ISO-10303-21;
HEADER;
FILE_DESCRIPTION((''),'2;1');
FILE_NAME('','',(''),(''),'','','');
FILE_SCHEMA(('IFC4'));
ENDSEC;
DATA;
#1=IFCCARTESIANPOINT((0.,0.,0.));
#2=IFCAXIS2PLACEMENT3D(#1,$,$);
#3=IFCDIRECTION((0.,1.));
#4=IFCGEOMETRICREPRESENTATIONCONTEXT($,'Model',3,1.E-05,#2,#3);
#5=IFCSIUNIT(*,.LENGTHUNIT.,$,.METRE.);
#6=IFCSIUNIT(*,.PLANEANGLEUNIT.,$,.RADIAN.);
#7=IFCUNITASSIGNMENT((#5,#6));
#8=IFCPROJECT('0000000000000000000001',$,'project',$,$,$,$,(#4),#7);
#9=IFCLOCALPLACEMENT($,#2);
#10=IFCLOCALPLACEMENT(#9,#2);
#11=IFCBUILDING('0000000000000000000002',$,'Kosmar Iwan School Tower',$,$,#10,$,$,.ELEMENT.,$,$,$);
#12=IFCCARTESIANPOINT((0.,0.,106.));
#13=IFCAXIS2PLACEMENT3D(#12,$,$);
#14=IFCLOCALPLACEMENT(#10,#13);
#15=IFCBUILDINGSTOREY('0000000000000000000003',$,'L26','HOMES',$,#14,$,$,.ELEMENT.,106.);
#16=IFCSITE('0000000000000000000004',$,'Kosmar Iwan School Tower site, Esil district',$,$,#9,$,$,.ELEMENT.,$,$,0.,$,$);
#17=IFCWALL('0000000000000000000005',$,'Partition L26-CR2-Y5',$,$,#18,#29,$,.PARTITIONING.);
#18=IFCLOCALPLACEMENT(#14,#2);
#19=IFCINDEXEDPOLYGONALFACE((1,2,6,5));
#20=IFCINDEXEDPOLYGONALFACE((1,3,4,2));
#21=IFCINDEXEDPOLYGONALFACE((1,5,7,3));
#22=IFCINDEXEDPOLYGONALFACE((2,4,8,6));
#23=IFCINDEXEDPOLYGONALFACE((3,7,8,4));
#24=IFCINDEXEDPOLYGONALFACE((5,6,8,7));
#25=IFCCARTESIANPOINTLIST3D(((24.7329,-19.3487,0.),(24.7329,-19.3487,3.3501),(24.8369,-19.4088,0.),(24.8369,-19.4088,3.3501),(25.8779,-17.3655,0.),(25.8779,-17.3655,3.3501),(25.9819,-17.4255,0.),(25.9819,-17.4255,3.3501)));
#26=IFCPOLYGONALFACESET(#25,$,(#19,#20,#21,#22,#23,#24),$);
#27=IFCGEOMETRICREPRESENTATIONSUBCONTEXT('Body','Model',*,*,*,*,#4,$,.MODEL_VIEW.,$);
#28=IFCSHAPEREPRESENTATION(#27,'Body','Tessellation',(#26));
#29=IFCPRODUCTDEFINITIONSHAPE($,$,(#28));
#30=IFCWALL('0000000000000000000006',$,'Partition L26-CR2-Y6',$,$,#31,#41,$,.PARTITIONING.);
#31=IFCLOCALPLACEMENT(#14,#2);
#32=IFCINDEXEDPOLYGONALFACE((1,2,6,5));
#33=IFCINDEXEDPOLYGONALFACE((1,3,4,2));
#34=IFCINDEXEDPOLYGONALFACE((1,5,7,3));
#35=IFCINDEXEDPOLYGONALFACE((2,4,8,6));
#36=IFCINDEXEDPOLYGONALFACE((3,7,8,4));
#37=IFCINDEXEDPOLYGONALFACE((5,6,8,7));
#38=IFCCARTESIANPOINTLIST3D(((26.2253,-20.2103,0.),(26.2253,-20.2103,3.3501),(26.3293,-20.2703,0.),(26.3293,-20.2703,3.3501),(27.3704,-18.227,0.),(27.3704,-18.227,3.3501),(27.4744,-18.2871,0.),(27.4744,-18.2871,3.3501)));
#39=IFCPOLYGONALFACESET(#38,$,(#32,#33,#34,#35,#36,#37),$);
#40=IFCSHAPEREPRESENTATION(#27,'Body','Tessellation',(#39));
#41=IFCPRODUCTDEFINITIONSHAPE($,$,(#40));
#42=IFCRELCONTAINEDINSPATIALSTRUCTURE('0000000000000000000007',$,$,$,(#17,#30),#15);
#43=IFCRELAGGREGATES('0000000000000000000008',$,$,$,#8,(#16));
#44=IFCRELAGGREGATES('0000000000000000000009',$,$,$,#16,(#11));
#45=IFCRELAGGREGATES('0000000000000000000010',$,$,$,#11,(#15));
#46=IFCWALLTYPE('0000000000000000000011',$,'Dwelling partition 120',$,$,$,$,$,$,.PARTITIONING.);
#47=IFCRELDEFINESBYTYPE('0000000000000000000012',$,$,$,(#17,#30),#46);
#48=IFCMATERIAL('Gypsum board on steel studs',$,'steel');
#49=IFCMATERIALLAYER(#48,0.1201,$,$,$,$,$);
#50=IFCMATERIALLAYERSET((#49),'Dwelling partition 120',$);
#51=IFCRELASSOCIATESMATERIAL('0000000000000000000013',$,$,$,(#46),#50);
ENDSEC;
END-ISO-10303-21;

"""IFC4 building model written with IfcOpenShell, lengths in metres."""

from ifc_helpers import new_model, si_unit, direction, frame, frame_2d, origin, place, context, subcontext, project, spatial, rectangle, extrude, material, layer, layer_set, type_object, element, save


model = new_model("IFC4")

# Units and contexts
model_context = context("Model", 3, precision=1e-05, world=origin(), true_north=direction((0.0, 1.0)))
body_context = subcontext(model_context, "Body", "Model", "MODEL_VIEW")
ifc_project = project(units=[si_unit("LENGTHUNIT", "METRE"), si_unit("PLANEANGLEUNIT", "RADIAN")], contexts=[model_context])

# Site, building, storey
site_placement = place(None, origin())
site = spatial("IfcSite", under=ifc_project, at=site_placement, Name="Kosmar Iwan School Tower site, Esil district", CompositionType="ELEMENT", RefElevation=0.0)
building_placement = place(site_placement, origin())
building = spatial("IfcBuilding", under=site, at=building_placement, Name="Kosmar Iwan School Tower", CompositionType="ELEMENT")
storey_placement = place(building_placement, frame((0.0, 0.0, 106.0)))
storey = spatial("IfcBuildingStorey", under=building, at=storey_placement, Name="L26", Description="HOMES", CompositionType="ELEMENT", Elevation=106.0)

# Shared definitions
ifc_material_1 = material(Name="Gypsum board on steel studs", Category="steel")
ifc_layer_1 = layer(ifc_material_1, 0.1201)
ifc_layer_set_1 = layer_set([ifc_layer_1], Name="Dwelling partition 120")
wall_type = type_object("IfcWallType", Name="Dwelling partition 120", PredefinedType="PARTITIONING", material=ifc_layer_set_1)

# Walls
for number, where, z_axis, x_axis, name in (
    (1, (25.9299, -17.3955, 0.0), (0.0, 0.0, 1.0), (-0.500015, -0.866017, 0.0), "Partition L26-CR2-Y5"),
    (2, (27.4224, -18.2571, 0.0), (0.0, 0.0, 1.0), (-0.500015, -0.866017, 0.0), "Partition L26-CR2-Y6"),
):
    element("IfcWall", number, at=place(storey_placement, frame(where, z_axis=z_axis, x_axis=x_axis)), inside=storey, type_object=wall_type, Name=name, PredefinedType="PARTITIONING", context=body_context, shape_type="SweptSolid", body=[
        extrude(rectangle(XDim=2.29, YDim=0.1201, at=frame_2d((1.145, 0.0))), origin(), (0.0, 0.0, 1.0), 3.3501),
    ])

save(model, "model.ifc")
